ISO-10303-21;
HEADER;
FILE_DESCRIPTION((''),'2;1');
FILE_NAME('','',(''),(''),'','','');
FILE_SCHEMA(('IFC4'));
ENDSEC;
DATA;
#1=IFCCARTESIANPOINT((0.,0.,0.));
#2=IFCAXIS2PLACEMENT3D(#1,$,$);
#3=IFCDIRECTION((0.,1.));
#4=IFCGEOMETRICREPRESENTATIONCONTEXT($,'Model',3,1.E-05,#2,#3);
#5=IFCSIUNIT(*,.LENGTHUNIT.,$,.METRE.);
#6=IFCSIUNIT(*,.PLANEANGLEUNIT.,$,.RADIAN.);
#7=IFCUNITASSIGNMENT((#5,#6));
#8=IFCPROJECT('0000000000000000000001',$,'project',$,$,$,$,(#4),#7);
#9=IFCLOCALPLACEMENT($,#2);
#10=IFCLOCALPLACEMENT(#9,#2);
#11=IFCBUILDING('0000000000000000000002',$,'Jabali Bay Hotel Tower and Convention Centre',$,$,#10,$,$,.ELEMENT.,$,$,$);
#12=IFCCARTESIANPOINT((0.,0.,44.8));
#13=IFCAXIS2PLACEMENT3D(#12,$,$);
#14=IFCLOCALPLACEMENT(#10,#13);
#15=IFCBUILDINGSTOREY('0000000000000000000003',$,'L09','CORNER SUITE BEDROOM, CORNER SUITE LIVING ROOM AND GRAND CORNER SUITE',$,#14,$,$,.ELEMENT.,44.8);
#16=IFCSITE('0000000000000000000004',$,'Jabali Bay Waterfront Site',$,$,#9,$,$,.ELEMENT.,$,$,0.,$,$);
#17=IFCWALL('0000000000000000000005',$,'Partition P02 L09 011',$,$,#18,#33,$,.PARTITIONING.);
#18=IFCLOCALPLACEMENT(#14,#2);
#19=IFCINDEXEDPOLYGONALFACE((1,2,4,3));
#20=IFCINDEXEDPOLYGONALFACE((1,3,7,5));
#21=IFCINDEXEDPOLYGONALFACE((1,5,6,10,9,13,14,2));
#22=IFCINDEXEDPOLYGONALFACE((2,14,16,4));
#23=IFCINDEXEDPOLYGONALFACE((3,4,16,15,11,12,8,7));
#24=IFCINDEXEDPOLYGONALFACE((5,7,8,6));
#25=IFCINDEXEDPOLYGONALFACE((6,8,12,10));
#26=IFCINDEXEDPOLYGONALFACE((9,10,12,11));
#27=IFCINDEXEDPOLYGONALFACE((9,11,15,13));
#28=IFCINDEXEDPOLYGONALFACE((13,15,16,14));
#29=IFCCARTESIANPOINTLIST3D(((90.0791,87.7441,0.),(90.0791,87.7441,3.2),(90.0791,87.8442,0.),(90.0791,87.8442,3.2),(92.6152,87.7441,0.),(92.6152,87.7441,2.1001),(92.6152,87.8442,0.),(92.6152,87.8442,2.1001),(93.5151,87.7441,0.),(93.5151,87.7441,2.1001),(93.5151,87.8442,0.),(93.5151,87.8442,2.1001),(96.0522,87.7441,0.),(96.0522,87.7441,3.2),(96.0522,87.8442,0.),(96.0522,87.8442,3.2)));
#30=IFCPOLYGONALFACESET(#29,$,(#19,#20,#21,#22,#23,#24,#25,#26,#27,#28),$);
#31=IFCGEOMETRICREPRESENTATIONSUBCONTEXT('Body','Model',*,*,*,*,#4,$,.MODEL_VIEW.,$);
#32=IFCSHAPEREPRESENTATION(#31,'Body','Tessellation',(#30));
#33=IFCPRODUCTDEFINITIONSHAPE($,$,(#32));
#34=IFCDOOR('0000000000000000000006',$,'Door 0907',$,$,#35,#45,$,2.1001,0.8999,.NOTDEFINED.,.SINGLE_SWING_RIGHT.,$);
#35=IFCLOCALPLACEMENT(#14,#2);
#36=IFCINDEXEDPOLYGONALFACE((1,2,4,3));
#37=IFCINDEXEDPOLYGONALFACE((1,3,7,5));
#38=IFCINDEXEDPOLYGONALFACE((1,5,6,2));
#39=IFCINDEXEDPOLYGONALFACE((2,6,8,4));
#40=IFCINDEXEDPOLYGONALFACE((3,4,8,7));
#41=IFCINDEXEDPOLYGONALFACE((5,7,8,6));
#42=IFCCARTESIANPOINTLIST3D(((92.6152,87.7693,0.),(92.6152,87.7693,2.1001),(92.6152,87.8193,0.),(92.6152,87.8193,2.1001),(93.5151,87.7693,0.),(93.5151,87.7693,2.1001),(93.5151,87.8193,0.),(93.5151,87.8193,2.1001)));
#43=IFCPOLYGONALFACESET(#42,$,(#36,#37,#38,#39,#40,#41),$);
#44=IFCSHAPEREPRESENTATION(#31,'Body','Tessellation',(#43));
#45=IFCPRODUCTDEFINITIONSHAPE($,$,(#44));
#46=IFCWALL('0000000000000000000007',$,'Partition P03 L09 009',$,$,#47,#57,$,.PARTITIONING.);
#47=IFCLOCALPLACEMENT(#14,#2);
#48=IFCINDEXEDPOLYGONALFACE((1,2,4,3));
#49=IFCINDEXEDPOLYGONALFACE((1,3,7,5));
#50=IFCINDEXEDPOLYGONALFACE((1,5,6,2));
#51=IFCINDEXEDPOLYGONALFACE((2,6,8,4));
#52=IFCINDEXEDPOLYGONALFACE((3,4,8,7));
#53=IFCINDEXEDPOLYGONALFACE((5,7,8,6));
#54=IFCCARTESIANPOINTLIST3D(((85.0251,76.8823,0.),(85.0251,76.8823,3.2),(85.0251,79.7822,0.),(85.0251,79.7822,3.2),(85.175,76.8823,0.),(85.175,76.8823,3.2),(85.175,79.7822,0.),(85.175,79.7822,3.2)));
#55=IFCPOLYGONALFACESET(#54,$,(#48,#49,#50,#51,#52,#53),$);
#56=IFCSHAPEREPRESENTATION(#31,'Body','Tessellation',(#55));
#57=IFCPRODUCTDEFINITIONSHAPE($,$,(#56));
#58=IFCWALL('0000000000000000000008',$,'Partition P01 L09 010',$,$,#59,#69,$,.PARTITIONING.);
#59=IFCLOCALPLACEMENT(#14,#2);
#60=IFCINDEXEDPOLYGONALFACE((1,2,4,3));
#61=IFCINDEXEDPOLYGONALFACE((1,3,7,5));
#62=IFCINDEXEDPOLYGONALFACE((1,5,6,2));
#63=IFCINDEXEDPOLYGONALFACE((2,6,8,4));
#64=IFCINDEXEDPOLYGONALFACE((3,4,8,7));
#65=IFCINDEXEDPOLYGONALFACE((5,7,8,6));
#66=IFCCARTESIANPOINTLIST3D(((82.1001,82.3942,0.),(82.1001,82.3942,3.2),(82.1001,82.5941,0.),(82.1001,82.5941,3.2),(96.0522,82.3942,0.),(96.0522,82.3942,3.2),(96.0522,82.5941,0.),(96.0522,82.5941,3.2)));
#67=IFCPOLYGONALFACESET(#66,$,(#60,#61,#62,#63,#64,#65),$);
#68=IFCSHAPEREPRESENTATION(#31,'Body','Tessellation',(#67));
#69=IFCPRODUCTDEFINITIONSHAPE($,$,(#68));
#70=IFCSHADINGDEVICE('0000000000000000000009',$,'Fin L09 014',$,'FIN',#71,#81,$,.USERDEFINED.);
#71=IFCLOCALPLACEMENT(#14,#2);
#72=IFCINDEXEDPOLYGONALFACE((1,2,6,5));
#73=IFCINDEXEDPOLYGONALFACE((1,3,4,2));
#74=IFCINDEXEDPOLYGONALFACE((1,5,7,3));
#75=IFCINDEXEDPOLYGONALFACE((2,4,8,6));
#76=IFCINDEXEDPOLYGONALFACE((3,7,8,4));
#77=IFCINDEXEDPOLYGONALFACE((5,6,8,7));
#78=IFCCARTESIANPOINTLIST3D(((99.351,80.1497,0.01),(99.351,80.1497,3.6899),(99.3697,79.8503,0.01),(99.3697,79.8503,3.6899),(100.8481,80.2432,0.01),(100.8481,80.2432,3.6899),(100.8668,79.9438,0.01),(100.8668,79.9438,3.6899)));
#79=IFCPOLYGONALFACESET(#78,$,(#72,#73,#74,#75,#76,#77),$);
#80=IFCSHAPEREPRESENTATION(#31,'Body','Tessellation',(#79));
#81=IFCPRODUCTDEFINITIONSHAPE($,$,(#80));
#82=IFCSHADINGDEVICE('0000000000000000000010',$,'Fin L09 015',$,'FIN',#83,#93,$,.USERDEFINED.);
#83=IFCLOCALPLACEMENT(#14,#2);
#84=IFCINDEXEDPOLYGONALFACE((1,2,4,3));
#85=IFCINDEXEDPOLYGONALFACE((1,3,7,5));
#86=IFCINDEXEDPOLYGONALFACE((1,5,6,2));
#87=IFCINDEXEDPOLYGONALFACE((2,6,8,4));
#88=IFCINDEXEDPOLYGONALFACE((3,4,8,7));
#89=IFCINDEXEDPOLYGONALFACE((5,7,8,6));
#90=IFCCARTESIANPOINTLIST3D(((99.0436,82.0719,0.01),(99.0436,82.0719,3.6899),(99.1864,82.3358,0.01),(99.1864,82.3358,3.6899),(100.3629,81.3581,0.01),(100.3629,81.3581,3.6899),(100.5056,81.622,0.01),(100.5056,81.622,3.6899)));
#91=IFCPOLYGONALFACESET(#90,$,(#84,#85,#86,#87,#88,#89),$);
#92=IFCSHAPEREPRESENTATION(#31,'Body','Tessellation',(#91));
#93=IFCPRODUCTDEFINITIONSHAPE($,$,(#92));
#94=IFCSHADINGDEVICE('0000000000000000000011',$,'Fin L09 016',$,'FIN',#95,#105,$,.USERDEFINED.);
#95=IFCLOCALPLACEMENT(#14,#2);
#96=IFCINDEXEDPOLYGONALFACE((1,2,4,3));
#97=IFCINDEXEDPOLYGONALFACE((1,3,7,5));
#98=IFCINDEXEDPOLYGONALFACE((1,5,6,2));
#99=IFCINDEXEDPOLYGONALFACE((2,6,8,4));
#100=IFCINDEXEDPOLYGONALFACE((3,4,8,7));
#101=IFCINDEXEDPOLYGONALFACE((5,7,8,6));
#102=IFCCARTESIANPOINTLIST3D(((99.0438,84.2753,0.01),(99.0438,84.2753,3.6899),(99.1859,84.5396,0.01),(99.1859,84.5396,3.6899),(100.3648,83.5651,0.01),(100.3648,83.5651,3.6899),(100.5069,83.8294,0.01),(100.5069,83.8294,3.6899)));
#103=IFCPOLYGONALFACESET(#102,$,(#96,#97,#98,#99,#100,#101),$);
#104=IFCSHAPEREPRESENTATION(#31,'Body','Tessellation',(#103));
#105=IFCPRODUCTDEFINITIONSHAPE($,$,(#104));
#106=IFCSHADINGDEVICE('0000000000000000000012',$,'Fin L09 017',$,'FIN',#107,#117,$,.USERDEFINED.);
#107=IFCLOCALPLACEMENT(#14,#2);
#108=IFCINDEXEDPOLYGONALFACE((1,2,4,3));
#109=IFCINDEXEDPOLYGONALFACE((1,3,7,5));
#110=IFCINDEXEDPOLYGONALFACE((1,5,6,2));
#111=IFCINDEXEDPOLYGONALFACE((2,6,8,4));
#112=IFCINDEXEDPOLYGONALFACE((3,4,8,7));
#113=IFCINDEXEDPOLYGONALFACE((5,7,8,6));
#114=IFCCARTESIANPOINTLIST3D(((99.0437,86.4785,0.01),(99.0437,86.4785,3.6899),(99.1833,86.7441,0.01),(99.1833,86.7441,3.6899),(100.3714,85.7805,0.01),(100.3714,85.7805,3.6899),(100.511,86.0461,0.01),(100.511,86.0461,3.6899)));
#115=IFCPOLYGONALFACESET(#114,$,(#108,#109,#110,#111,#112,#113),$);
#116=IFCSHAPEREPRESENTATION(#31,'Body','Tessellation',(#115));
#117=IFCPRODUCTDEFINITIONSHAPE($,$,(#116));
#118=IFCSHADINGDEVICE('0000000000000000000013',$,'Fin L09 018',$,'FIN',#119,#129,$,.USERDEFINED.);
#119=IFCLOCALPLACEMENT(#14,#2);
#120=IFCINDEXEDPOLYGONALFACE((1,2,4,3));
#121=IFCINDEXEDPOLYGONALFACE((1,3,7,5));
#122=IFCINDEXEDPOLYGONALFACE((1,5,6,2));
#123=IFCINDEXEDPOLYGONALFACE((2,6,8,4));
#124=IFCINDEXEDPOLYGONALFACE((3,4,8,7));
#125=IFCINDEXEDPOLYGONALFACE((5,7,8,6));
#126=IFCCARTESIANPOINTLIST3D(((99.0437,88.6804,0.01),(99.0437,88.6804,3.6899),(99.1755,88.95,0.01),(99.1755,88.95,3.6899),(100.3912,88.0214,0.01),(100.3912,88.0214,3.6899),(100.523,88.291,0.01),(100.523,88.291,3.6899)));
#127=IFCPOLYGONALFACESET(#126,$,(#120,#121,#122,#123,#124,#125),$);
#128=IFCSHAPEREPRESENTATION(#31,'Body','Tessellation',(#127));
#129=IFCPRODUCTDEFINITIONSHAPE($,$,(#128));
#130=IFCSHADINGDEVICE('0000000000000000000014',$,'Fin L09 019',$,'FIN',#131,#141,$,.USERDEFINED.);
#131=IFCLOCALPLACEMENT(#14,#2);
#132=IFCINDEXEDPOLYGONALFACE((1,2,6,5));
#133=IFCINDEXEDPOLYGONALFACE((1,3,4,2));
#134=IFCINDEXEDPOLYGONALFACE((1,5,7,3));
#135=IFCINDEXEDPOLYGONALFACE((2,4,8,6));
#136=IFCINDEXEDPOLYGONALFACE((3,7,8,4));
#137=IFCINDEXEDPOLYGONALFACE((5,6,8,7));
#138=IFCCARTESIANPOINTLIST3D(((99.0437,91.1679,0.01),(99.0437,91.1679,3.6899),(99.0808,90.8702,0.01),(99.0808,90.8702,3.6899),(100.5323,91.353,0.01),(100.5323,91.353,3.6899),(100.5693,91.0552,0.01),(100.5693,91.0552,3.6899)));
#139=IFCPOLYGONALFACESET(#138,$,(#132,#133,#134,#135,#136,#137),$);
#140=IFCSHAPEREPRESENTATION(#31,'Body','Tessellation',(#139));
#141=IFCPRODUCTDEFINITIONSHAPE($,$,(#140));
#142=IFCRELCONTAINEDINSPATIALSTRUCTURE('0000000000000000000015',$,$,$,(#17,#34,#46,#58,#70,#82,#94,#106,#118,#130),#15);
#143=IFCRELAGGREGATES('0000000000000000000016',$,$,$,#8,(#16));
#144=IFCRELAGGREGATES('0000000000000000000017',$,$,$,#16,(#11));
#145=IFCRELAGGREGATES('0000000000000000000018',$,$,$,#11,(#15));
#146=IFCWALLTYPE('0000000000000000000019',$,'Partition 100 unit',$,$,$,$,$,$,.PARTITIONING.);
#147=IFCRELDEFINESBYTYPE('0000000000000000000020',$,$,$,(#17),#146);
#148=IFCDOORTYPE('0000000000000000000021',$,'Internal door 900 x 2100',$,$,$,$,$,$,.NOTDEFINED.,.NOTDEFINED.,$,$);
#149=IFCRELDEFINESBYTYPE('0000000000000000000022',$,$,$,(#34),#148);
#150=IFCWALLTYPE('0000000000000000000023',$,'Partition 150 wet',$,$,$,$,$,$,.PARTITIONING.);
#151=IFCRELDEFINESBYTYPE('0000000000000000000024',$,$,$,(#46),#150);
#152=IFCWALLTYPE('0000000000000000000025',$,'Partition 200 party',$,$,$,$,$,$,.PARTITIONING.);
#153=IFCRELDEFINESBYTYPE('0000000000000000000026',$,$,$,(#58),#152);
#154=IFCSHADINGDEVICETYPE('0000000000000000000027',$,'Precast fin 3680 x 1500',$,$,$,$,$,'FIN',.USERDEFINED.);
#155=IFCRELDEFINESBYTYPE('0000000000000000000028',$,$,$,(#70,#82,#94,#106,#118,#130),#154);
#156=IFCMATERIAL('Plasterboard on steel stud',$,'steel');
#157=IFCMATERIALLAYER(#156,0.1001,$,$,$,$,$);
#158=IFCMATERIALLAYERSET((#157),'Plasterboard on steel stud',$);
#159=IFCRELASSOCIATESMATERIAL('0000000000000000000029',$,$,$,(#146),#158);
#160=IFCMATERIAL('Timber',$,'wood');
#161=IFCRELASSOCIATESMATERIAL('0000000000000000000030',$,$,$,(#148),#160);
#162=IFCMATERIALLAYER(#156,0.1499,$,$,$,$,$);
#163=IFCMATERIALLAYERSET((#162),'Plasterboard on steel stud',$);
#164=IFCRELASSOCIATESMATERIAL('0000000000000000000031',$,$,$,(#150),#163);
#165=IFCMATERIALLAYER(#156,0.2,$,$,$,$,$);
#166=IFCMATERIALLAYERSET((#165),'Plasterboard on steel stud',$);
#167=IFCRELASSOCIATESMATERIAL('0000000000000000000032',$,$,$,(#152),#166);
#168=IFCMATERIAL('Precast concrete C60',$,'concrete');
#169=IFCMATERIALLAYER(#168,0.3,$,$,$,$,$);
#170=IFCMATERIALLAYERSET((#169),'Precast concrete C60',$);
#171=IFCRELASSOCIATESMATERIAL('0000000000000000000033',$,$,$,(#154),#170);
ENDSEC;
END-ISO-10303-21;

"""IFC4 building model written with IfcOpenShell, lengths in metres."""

from ifc_helpers import new_model, si_unit, direction, frame, frame_2d, origin, place, context, subcontext, project, spatial, rectangle, extrude, material, layer, layer_set, type_object, element, fill, save


model = new_model("IFC4")

# Units and contexts
model_context = context("Model", 3, precision=1e-05, world=origin(), true_north=direction((0.0, 1.0)))
body_context = subcontext(model_context, "Body", "Model", "MODEL_VIEW")
ifc_project = project(units=[si_unit("LENGTHUNIT", "METRE"), si_unit("PLANEANGLEUNIT", "RADIAN")], contexts=[model_context])

# Site, building, storey
site_placement = place(None, origin())
site = spatial("IfcSite", under=ifc_project, at=site_placement, Name="Jabali Bay Waterfront Site", CompositionType="ELEMENT", RefElevation=0.0)
building_placement = place(site_placement, origin())
building = spatial("IfcBuilding", under=site, at=building_placement, Name="Jabali Bay Hotel Tower and Convention Centre", CompositionType="ELEMENT")
storey_placement = place(building_placement, frame((0.0, 0.0, 44.8)))
storey = spatial("IfcBuildingStorey", under=building, at=storey_placement, Name="L09", Description="CORNER SUITE BEDROOM, CORNER SUITE LIVING ROOM AND GRAND CORNER SUITE", CompositionType="ELEMENT", Elevation=44.8)

# Wall, opening, door
ifc_material_1 = material(Name="Plasterboard on steel stud", Category="steel")
ifc_layer_1 = layer(ifc_material_1, 0.1001)
ifc_layer_set_1 = layer_set([ifc_layer_1], Name="Plasterboard on steel stud")
wall_type_1 = type_object("IfcWallType", Name="Partition 100 unit", PredefinedType="PARTITIONING", material=ifc_layer_set_1)
wall_1_placement = place(storey_placement, frame((96.0522, 87.7942, 0.0), z_axis=(0.0, 0.0, 1.0), x_axis=(-1.0, 0.0, 0.0)))
wall_1 = element("IfcWall", 1, at=wall_1_placement, inside=storey, type_object=wall_type_1, Name="Partition P02 L09 011", PredefinedType="PARTITIONING", context=body_context, shape_type="SweptSolid", body=[
    extrude(rectangle(XDim=5.9731, YDim=0.1001, at=frame_2d((2.9866, 0.0))), origin(), (0.0, 0.0, 1.0), 3.2),
])
opening_1_placement = place(wall_1_placement, frame((2.5371, 0.0, 0.0)))
opening_1 = element("IfcOpeningElement", 2, at=opening_1_placement, cuts=wall_1, PredefinedType="OPENING", context=body_context, shape_type="SweptSolid", body=[
    extrude(rectangle(XDim=0.8999, YDim=2.1001, at=frame_2d((0.45, 1.05))), frame((0.0, 0.0605, 0.0), z_axis=(0.0, -1.0, 0.0), x_axis=(1.0, 0.0, 0.0)), (0.0, 0.0, 1.0), 0.1211),
])
ifc_material_2 = material(Name="Timber", Category="wood")
door_type_1 = type_object("IfcDoorType", Name="Internal door 900 x 2100", OperationType="NOTDEFINED", PredefinedType="NOTDEFINED", material=ifc_material_2)
door_1_placement = place(opening_1_placement, origin())
door_1 = element("IfcDoor", 3, at=door_1_placement, inside=storey, type_object=door_type_1, Name="Door 0907", OperationType="SINGLE_SWING_RIGHT", OverallHeight=2.1001, OverallWidth=0.8999, PredefinedType="NOTDEFINED", context=body_context, shape_type="SweptSolid", body=[
    extrude(rectangle(XDim=0.8999, YDim=2.1001, at=frame_2d((0.45, 1.05))), frame((0.0, 0.0249, 0.0), z_axis=(0.0, -1.0, 0.0), x_axis=(1.0, 0.0, 0.0)), (0.0, 0.0, 1.0), 0.05),
])
fill(opening_1, door_1)

# Walls
ifc_layer_2 = layer(ifc_material_1, 0.1499)
ifc_layer_set_2 = layer_set([ifc_layer_2], Name="Plasterboard on steel stud")
wall_type_2 = type_object("IfcWallType", Name="Partition 150 wet", PredefinedType="PARTITIONING", material=ifc_layer_set_2)
wall_2_placement = place(storey_placement, frame((85.1001, 79.7822, 0.0), z_axis=(0.0, 0.0, 1.0), x_axis=(0.0, -1.0, 0.0)))
element("IfcWall", 4, at=wall_2_placement, inside=storey, type_object=wall_type_2, Name="Partition P03 L09 009", PredefinedType="PARTITIONING", context=body_context, shape_type="SweptSolid", body=[
    extrude(rectangle(XDim=2.8999, YDim=0.1499, at=frame_2d((1.45, 0.0))), origin(), (0.0, 0.0, 1.0), 3.2),
])
ifc_layer_3 = layer(ifc_material_1, 0.2)
ifc_layer_set_3 = layer_set([ifc_layer_3], Name="Plasterboard on steel stud")
wall_type_3 = type_object("IfcWallType", Name="Partition 200 party", PredefinedType="PARTITIONING", material=ifc_layer_set_3)
wall_3_placement = place(storey_placement, frame((96.0522, 82.4941, 0.0), z_axis=(0.0, 0.0, 1.0), x_axis=(-1.0, 0.0, 0.0)))
element("IfcWall", 5, at=wall_3_placement, inside=storey, type_object=wall_type_3, Name="Partition P01 L09 010", PredefinedType="PARTITIONING", context=body_context, shape_type="SweptSolid", body=[
    extrude(rectangle(XDim=13.9521, YDim=0.2, at=frame_2d((6.9761, 0.0))), origin(), (0.0, 0.0, 1.0), 3.2),
])

# Shading devices
ifc_material_3 = material(Name="Precast concrete C60", Category="concrete")
ifc_layer_4 = layer(ifc_material_3, 0.3)
ifc_layer_set_4 = layer_set([ifc_layer_4], Name="Precast concrete C60")
shading_device_type = type_object("IfcShadingDeviceType", Name="Precast fin 3680 x 1500", ElementType="FIN", PredefinedType="USERDEFINED", material=ifc_layer_set_4)
for number, where, z_axis, x_axis, name in (
    (6, (99.3604, 80.0, 0.01), (0.0, 0.0, 1.0), (0.998055, 0.062338, 0.0), "Fin L09 014"),
    (7, (99.115, 82.2039, 0.01), (0.0, 0.0, 1.0), (0.879508, -0.475885, 0.0), "Fin L09 015"),
):
    element("IfcShadingDevice", number, at=place(storey_placement, frame(where, z_axis=z_axis, x_axis=x_axis)), inside=storey, type_object=shading_device_type, Name=name, ObjectType="FIN", PredefinedType="USERDEFINED", context=body_context, shape_type="SweptSolid", body=[
        extrude(rectangle(XDim=1.5, YDim=0.3, at=frame_2d((0.75, 0.0))), origin(), (0.0, 0.0, 1.0), 3.6799),
    ])
shading_device_placement = place(storey_placement, frame((99.1147, 84.4075, 0.01), z_axis=(0.0, 0.0, 1.0), x_axis=(0.880785, -0.473517, 0.0)))
element("IfcShadingDevice", 8, at=shading_device_placement, inside=storey, type_object=shading_device_type, Name="Fin L09 016", ObjectType="FIN", PredefinedType="USERDEFINED", context=body_context, shape_type="SweptSolid", body=[
    extrude(rectangle(XDim=1.4998, YDim=0.3, at=frame_2d((0.75, 0.0))), origin(), (0.0, 0.0, 1.0), 3.6799),
])
for number, where, z_axis, x_axis, name in (
    (9, (99.1135, 86.6113, 0.01), (0.0, 0.0, 1.0), (0.885126, -0.465351, 0.0), "Fin L09 017"),
    (10, (99.1096, 88.8152, 0.01), (0.0, 0.0, 1.0), (0.898332, -0.439318, 0.0), "Fin L09 018"),
    (11, (99.0623, 91.019, 0.01), (0.0, 0.0, 1.0), (0.99236, 0.123374, 0.0), "Fin L09 019"),
):
    element("IfcShadingDevice", number, at=place(storey_placement, frame(where, z_axis=z_axis, x_axis=x_axis)), inside=storey, type_object=shading_device_type, Name=name, ObjectType="FIN", PredefinedType="USERDEFINED", context=body_context, shape_type="SweptSolid", body=[
        extrude(rectangle(XDim=1.5, YDim=0.3, at=frame_2d((0.75, 0.0))), origin(), (0.0, 0.0, 1.0), 3.6799),
    ])

save(model, "model.ifc")
